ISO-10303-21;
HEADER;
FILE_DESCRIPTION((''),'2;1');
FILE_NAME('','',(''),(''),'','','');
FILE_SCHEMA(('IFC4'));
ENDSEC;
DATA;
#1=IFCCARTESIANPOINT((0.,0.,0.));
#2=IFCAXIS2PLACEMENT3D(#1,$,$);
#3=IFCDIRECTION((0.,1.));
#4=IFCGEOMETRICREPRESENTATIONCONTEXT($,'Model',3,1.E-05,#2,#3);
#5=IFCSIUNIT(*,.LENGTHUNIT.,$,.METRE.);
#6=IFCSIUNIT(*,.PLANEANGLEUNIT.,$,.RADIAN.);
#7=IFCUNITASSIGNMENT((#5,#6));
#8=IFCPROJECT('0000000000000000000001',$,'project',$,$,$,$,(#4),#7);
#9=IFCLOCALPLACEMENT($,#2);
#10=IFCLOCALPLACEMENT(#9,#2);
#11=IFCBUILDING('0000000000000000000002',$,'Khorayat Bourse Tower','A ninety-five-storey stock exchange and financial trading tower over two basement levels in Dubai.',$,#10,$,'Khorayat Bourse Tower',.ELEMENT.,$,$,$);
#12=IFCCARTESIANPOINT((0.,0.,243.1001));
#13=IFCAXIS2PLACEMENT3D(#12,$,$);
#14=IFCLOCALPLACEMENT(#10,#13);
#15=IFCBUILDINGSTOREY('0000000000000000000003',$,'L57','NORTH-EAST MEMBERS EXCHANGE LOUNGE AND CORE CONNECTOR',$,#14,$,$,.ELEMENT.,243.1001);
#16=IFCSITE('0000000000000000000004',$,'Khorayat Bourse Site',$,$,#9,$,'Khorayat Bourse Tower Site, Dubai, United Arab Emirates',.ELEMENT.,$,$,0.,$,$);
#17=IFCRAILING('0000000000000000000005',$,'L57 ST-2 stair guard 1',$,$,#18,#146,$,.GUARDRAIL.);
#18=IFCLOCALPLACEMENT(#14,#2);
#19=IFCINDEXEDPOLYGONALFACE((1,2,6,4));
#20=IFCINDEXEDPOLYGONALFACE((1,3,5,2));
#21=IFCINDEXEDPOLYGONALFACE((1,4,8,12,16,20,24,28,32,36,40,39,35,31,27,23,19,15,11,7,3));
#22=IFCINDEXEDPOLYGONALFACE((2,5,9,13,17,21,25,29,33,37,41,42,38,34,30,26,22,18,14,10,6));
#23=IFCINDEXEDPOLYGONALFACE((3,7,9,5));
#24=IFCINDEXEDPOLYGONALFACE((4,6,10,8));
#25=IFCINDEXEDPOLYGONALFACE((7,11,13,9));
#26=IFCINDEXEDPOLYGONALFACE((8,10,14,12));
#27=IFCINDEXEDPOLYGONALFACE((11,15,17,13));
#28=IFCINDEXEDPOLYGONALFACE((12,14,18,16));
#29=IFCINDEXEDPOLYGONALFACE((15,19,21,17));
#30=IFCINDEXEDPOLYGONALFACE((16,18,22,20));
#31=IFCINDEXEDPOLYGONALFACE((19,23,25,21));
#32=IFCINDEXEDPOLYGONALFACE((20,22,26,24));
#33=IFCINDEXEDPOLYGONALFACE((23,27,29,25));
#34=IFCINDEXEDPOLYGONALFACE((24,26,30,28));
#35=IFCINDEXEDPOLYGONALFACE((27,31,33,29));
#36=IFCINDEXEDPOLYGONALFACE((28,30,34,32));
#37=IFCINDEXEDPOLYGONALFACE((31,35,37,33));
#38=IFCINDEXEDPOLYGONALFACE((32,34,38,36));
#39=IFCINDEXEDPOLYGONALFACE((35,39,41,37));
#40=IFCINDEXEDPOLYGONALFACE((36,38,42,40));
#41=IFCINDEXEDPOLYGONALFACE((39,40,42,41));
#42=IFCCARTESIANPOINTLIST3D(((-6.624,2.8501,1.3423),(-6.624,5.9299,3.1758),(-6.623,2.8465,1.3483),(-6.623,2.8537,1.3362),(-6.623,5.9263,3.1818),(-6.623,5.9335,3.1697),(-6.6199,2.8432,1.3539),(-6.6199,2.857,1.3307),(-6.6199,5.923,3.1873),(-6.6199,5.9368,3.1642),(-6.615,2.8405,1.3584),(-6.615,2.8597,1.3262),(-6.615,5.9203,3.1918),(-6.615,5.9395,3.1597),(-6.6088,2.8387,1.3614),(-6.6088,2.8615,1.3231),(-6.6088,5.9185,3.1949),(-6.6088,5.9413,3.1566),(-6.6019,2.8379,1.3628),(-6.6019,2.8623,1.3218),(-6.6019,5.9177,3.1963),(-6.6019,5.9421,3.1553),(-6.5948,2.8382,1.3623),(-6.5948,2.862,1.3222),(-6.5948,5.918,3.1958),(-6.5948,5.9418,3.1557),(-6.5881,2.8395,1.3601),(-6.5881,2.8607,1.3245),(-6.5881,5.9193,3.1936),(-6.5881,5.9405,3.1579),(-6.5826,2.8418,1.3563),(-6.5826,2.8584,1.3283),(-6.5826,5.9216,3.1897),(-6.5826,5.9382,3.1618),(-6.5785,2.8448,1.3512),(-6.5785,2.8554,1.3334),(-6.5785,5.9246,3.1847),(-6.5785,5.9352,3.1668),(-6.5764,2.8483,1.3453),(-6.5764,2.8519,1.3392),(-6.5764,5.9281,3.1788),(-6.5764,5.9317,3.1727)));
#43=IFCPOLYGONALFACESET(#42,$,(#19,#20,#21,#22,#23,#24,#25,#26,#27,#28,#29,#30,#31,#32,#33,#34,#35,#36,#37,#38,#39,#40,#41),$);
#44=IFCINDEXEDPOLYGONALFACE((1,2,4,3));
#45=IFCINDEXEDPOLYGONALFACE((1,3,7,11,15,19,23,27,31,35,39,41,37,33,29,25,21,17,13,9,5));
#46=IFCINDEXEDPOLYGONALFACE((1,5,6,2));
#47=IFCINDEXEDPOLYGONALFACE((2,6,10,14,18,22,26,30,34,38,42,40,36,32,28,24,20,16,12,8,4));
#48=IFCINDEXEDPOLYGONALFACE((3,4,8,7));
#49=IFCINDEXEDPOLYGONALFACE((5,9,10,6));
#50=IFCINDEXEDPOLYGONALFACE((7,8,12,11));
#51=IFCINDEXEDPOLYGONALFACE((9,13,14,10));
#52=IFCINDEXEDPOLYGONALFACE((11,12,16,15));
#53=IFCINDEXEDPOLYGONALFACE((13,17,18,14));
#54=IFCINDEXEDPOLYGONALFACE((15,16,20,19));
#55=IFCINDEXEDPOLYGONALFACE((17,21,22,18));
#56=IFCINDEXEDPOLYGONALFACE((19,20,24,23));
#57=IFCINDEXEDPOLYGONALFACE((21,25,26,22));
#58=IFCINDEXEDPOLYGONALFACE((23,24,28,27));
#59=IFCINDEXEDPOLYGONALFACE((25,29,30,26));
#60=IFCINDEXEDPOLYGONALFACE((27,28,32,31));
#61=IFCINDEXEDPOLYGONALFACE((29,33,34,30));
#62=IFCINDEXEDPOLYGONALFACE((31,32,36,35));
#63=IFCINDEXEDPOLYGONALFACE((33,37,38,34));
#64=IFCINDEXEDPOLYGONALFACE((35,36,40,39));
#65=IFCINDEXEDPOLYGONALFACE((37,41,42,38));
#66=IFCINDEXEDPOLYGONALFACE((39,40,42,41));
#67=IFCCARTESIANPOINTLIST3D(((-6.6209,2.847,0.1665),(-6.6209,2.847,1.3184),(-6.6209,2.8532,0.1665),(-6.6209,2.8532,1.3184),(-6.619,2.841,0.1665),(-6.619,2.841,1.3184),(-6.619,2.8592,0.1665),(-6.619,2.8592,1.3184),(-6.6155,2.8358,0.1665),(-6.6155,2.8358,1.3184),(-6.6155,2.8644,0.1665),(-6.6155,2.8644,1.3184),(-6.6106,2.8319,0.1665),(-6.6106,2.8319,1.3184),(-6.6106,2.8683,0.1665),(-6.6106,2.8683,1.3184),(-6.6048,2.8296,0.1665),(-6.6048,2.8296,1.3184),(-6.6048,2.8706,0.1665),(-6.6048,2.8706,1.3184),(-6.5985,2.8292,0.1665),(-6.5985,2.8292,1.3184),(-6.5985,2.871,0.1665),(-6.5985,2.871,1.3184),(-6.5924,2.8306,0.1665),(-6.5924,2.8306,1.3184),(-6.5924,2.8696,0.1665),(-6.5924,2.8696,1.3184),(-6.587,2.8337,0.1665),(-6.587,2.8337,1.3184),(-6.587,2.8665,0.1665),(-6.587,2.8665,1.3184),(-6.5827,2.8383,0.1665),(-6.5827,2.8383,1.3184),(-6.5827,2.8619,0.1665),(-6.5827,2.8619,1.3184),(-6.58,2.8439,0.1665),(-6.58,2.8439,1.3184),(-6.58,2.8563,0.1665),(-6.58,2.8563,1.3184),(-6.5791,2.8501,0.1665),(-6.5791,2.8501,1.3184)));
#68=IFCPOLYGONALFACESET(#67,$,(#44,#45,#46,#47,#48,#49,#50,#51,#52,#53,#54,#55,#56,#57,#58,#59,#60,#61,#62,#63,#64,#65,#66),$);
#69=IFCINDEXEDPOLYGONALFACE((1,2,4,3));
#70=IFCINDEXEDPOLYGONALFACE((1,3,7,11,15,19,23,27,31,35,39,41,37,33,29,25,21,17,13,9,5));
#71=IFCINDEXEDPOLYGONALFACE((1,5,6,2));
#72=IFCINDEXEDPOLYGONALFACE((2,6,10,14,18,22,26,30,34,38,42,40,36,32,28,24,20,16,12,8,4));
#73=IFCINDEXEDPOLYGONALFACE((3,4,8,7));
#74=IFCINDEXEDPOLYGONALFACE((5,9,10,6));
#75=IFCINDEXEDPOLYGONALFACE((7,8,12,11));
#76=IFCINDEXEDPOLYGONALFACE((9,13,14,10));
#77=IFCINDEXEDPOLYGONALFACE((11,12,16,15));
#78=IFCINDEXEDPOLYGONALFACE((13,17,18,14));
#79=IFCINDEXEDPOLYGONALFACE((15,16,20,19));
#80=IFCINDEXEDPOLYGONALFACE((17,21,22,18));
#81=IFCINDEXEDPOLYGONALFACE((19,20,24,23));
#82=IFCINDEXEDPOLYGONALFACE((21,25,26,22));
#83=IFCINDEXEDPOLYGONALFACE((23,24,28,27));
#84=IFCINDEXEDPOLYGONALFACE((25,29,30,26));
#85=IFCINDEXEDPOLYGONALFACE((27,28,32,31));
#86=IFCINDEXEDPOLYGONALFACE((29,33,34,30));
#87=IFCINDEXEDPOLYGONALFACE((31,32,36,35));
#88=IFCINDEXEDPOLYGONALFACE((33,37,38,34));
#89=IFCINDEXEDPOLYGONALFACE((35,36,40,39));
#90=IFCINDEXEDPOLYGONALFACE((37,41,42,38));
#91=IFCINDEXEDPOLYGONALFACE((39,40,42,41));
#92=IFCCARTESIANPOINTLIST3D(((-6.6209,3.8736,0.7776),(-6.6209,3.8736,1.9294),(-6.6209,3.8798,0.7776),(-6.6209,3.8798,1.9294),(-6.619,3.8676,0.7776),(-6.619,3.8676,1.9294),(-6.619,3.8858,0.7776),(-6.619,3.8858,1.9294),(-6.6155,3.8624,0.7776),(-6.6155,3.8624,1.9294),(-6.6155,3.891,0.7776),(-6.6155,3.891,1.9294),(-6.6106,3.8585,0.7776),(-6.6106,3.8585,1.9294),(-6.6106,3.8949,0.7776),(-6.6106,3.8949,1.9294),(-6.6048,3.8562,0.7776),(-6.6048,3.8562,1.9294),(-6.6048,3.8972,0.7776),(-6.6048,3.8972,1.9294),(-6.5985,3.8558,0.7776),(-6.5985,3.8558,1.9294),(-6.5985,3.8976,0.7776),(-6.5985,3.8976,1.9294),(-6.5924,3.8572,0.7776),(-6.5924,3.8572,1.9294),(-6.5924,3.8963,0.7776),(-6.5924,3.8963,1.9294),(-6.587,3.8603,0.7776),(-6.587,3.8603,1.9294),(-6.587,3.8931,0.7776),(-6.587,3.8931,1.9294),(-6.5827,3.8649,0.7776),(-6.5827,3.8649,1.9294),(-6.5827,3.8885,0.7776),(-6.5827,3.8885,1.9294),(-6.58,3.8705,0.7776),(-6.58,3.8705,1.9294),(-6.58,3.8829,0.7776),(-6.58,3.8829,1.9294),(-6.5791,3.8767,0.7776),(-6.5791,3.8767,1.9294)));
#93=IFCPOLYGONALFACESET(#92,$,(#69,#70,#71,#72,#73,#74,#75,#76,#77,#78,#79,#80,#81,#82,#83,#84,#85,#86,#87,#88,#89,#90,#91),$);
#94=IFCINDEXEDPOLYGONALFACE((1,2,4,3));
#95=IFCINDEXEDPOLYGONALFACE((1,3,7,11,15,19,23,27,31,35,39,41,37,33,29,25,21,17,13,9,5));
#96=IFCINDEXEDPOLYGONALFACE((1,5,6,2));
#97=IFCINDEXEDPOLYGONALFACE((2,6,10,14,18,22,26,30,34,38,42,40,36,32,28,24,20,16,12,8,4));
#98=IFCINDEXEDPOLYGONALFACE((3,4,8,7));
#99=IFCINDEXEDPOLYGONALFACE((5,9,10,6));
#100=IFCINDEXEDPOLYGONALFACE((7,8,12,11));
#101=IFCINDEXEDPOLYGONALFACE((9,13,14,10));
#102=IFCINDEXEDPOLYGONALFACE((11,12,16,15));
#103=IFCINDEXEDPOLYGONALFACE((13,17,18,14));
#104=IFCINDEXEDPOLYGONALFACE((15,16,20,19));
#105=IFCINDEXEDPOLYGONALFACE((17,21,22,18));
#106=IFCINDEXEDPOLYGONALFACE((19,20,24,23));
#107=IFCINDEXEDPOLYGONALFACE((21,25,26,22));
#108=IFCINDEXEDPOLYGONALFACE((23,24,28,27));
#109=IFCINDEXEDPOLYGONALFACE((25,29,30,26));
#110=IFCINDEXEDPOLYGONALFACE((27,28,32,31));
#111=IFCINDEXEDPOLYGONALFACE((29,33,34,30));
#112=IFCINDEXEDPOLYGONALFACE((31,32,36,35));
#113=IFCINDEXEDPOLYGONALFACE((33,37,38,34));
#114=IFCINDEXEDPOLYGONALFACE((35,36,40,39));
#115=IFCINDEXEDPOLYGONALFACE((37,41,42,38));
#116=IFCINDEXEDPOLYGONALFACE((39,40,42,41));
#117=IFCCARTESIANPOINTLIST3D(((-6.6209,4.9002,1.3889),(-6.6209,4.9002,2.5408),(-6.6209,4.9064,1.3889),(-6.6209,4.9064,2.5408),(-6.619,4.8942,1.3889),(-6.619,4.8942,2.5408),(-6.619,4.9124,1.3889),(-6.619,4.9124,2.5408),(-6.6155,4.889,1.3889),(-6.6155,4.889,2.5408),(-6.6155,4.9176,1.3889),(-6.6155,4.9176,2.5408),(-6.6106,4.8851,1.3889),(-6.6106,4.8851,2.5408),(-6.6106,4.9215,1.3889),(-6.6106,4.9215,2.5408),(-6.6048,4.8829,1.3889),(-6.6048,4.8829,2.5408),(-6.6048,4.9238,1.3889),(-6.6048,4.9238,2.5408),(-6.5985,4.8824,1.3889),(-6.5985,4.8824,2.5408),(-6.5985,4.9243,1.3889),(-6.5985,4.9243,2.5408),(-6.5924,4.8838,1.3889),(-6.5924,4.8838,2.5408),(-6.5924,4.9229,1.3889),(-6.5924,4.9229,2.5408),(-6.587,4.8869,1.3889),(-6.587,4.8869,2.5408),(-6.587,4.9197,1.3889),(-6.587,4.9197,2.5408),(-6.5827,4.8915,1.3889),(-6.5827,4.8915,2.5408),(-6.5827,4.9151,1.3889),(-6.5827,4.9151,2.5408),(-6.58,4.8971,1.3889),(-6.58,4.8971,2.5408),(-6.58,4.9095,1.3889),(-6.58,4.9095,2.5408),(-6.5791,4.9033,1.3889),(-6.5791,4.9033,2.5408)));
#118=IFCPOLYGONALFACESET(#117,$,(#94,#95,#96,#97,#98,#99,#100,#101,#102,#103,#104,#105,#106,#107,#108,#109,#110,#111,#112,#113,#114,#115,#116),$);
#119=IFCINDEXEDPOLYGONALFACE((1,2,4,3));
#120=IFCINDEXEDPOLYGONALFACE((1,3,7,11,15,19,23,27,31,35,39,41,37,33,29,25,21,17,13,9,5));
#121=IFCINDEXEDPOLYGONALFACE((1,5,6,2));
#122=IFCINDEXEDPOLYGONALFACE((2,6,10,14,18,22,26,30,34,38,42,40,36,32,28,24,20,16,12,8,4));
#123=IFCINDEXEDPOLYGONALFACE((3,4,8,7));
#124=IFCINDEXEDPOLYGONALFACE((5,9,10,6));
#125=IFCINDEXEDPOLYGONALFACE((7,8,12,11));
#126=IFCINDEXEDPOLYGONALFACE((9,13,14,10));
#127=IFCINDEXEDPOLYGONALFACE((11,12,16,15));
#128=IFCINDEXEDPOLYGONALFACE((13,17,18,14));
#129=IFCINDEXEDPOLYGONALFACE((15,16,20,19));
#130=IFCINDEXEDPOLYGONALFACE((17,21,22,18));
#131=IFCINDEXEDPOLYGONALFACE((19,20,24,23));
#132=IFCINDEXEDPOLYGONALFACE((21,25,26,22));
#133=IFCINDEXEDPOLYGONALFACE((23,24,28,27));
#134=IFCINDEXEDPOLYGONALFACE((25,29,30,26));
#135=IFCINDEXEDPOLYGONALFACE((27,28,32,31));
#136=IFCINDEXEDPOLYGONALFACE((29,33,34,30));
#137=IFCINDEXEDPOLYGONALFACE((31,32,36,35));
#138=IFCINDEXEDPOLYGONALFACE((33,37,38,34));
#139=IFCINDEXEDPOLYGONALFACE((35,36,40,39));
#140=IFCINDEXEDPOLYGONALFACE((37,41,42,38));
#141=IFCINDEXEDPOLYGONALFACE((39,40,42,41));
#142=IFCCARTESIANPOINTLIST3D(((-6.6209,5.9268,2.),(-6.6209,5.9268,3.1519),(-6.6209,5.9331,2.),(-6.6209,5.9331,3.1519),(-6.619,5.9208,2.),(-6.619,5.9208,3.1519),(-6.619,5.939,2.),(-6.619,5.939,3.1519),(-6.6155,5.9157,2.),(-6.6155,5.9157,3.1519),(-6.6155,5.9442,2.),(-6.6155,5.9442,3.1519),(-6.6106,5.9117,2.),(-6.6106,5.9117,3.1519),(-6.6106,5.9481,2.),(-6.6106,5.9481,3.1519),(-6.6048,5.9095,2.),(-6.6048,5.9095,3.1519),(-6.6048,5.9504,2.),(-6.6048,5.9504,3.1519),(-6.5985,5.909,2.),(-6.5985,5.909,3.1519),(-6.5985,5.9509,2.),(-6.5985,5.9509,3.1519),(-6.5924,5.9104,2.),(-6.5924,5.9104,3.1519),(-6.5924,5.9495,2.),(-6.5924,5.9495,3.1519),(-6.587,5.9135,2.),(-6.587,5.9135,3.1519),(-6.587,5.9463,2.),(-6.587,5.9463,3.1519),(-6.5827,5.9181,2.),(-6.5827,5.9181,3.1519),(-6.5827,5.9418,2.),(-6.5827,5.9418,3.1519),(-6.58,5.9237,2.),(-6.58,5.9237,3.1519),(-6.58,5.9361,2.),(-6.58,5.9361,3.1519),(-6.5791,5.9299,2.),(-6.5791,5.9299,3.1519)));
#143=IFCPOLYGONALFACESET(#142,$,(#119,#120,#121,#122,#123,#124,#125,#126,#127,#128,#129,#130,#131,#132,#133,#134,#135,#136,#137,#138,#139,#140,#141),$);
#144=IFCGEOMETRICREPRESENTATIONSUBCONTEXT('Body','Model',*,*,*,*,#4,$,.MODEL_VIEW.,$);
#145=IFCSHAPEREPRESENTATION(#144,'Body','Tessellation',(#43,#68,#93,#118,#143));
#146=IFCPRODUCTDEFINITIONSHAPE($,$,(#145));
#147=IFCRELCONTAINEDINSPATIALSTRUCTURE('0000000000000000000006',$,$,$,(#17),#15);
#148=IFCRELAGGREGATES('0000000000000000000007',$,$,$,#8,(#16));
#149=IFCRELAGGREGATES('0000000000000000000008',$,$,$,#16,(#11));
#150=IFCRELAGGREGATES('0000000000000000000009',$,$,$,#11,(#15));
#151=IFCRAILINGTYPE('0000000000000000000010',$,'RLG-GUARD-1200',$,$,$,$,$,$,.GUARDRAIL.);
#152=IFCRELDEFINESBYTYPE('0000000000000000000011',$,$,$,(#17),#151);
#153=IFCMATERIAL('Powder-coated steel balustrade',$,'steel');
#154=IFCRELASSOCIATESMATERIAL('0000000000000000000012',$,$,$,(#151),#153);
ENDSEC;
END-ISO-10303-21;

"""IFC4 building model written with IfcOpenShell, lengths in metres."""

from ifc_helpers import new_model, si_unit, direction, frame, origin, origin_2d, place, context, subcontext, project, spatial, circle, extrude, source, transform, mapped, material, type_object, element, save


model = new_model("IFC4")

# Units and contexts
model_context = context("Model", 3, precision=1e-05, world=origin(), true_north=direction((0.0, 1.0)))
body_context = subcontext(model_context, "Body", "Model", "MODEL_VIEW")
ifc_project = project(units=[si_unit("LENGTHUNIT", "METRE"), si_unit("PLANEANGLEUNIT", "RADIAN")], contexts=[model_context])

# Site, building, storey
site_placement = place(None, origin())
site = spatial("IfcSite", under=ifc_project, at=site_placement, Name="Khorayat Bourse Site", LongName="Khorayat Bourse Tower Site, Dubai, United Arab Emirates", CompositionType="ELEMENT", RefElevation=0.0)
building_placement = place(site_placement, origin())
building = spatial("IfcBuilding", under=site, at=building_placement, Name="Khorayat Bourse Tower", Description="A ninety-five-storey stock exchange and financial trading tower over two basement levels in Dubai.", LongName="Khorayat Bourse Tower", CompositionType="ELEMENT")
storey_placement = place(building_placement, frame((0.0, 0.0, 243.1001)))
storey = spatial("IfcBuildingStorey", under=building, at=storey_placement, Name="L57", Description="NORTH-EAST MEMBERS EXCHANGE LOUNGE AND CORE CONNECTOR", CompositionType="ELEMENT", Elevation=243.1001)

# Railing
ifc_material_1 = material(Name="Powder-coated steel balustrade", Category="steel")
railing_type_1 = type_object("IfcRailingType", Name="RLG-GUARD-1200", PredefinedType="GUARDRAIL", material=ifc_material_1)
shared_shape_1 = source(origin(), body_context, "Body", "SweptSolid", [
    extrude(circle(Radius=0.0239, at=origin_2d()), frame((0.0, 0.0, 1.1758), z_axis=(0.0, 0.859261, 0.511538), x_axis=(-1.0, 0.0, 0.0)), (0.0, 0.0, 1.0), 3.5842),
    extrude(circle(Radius=0.021, at=origin_2d()), origin(), (0.0, 0.0, 1.0), 1.1519),
    extrude(circle(Radius=0.021, at=origin_2d()), frame((0.0, 1.0266, 0.6111)), (0.0, 0.0, 1.0), 1.1519),
    extrude(circle(Radius=0.021, at=origin_2d()), frame((0.0, 2.0532, 1.2224)), (0.0, 0.0, 1.0), 1.1519),
    extrude(circle(Radius=0.021, at=origin_2d()), frame((0.0, 3.0798, 1.8335)), (0.0, 0.0, 1.0), 1.1519),
])
railing_1_placement = place(storey_placement, frame((-6.6001, 2.8501, 0.1665)))
element("IfcRailing", 1, at=railing_1_placement, inside=storey, type_object=railing_type_1, Name="L57 ST-2 stair guard 1", PredefinedType="GUARDRAIL", context=body_context, shape_type="MappedRepresentation", body=[
    mapped(shared_shape_1, transform((0.0, 0.0, 0.0), scale=1.0)),
])

save(model, "model.ifc")
